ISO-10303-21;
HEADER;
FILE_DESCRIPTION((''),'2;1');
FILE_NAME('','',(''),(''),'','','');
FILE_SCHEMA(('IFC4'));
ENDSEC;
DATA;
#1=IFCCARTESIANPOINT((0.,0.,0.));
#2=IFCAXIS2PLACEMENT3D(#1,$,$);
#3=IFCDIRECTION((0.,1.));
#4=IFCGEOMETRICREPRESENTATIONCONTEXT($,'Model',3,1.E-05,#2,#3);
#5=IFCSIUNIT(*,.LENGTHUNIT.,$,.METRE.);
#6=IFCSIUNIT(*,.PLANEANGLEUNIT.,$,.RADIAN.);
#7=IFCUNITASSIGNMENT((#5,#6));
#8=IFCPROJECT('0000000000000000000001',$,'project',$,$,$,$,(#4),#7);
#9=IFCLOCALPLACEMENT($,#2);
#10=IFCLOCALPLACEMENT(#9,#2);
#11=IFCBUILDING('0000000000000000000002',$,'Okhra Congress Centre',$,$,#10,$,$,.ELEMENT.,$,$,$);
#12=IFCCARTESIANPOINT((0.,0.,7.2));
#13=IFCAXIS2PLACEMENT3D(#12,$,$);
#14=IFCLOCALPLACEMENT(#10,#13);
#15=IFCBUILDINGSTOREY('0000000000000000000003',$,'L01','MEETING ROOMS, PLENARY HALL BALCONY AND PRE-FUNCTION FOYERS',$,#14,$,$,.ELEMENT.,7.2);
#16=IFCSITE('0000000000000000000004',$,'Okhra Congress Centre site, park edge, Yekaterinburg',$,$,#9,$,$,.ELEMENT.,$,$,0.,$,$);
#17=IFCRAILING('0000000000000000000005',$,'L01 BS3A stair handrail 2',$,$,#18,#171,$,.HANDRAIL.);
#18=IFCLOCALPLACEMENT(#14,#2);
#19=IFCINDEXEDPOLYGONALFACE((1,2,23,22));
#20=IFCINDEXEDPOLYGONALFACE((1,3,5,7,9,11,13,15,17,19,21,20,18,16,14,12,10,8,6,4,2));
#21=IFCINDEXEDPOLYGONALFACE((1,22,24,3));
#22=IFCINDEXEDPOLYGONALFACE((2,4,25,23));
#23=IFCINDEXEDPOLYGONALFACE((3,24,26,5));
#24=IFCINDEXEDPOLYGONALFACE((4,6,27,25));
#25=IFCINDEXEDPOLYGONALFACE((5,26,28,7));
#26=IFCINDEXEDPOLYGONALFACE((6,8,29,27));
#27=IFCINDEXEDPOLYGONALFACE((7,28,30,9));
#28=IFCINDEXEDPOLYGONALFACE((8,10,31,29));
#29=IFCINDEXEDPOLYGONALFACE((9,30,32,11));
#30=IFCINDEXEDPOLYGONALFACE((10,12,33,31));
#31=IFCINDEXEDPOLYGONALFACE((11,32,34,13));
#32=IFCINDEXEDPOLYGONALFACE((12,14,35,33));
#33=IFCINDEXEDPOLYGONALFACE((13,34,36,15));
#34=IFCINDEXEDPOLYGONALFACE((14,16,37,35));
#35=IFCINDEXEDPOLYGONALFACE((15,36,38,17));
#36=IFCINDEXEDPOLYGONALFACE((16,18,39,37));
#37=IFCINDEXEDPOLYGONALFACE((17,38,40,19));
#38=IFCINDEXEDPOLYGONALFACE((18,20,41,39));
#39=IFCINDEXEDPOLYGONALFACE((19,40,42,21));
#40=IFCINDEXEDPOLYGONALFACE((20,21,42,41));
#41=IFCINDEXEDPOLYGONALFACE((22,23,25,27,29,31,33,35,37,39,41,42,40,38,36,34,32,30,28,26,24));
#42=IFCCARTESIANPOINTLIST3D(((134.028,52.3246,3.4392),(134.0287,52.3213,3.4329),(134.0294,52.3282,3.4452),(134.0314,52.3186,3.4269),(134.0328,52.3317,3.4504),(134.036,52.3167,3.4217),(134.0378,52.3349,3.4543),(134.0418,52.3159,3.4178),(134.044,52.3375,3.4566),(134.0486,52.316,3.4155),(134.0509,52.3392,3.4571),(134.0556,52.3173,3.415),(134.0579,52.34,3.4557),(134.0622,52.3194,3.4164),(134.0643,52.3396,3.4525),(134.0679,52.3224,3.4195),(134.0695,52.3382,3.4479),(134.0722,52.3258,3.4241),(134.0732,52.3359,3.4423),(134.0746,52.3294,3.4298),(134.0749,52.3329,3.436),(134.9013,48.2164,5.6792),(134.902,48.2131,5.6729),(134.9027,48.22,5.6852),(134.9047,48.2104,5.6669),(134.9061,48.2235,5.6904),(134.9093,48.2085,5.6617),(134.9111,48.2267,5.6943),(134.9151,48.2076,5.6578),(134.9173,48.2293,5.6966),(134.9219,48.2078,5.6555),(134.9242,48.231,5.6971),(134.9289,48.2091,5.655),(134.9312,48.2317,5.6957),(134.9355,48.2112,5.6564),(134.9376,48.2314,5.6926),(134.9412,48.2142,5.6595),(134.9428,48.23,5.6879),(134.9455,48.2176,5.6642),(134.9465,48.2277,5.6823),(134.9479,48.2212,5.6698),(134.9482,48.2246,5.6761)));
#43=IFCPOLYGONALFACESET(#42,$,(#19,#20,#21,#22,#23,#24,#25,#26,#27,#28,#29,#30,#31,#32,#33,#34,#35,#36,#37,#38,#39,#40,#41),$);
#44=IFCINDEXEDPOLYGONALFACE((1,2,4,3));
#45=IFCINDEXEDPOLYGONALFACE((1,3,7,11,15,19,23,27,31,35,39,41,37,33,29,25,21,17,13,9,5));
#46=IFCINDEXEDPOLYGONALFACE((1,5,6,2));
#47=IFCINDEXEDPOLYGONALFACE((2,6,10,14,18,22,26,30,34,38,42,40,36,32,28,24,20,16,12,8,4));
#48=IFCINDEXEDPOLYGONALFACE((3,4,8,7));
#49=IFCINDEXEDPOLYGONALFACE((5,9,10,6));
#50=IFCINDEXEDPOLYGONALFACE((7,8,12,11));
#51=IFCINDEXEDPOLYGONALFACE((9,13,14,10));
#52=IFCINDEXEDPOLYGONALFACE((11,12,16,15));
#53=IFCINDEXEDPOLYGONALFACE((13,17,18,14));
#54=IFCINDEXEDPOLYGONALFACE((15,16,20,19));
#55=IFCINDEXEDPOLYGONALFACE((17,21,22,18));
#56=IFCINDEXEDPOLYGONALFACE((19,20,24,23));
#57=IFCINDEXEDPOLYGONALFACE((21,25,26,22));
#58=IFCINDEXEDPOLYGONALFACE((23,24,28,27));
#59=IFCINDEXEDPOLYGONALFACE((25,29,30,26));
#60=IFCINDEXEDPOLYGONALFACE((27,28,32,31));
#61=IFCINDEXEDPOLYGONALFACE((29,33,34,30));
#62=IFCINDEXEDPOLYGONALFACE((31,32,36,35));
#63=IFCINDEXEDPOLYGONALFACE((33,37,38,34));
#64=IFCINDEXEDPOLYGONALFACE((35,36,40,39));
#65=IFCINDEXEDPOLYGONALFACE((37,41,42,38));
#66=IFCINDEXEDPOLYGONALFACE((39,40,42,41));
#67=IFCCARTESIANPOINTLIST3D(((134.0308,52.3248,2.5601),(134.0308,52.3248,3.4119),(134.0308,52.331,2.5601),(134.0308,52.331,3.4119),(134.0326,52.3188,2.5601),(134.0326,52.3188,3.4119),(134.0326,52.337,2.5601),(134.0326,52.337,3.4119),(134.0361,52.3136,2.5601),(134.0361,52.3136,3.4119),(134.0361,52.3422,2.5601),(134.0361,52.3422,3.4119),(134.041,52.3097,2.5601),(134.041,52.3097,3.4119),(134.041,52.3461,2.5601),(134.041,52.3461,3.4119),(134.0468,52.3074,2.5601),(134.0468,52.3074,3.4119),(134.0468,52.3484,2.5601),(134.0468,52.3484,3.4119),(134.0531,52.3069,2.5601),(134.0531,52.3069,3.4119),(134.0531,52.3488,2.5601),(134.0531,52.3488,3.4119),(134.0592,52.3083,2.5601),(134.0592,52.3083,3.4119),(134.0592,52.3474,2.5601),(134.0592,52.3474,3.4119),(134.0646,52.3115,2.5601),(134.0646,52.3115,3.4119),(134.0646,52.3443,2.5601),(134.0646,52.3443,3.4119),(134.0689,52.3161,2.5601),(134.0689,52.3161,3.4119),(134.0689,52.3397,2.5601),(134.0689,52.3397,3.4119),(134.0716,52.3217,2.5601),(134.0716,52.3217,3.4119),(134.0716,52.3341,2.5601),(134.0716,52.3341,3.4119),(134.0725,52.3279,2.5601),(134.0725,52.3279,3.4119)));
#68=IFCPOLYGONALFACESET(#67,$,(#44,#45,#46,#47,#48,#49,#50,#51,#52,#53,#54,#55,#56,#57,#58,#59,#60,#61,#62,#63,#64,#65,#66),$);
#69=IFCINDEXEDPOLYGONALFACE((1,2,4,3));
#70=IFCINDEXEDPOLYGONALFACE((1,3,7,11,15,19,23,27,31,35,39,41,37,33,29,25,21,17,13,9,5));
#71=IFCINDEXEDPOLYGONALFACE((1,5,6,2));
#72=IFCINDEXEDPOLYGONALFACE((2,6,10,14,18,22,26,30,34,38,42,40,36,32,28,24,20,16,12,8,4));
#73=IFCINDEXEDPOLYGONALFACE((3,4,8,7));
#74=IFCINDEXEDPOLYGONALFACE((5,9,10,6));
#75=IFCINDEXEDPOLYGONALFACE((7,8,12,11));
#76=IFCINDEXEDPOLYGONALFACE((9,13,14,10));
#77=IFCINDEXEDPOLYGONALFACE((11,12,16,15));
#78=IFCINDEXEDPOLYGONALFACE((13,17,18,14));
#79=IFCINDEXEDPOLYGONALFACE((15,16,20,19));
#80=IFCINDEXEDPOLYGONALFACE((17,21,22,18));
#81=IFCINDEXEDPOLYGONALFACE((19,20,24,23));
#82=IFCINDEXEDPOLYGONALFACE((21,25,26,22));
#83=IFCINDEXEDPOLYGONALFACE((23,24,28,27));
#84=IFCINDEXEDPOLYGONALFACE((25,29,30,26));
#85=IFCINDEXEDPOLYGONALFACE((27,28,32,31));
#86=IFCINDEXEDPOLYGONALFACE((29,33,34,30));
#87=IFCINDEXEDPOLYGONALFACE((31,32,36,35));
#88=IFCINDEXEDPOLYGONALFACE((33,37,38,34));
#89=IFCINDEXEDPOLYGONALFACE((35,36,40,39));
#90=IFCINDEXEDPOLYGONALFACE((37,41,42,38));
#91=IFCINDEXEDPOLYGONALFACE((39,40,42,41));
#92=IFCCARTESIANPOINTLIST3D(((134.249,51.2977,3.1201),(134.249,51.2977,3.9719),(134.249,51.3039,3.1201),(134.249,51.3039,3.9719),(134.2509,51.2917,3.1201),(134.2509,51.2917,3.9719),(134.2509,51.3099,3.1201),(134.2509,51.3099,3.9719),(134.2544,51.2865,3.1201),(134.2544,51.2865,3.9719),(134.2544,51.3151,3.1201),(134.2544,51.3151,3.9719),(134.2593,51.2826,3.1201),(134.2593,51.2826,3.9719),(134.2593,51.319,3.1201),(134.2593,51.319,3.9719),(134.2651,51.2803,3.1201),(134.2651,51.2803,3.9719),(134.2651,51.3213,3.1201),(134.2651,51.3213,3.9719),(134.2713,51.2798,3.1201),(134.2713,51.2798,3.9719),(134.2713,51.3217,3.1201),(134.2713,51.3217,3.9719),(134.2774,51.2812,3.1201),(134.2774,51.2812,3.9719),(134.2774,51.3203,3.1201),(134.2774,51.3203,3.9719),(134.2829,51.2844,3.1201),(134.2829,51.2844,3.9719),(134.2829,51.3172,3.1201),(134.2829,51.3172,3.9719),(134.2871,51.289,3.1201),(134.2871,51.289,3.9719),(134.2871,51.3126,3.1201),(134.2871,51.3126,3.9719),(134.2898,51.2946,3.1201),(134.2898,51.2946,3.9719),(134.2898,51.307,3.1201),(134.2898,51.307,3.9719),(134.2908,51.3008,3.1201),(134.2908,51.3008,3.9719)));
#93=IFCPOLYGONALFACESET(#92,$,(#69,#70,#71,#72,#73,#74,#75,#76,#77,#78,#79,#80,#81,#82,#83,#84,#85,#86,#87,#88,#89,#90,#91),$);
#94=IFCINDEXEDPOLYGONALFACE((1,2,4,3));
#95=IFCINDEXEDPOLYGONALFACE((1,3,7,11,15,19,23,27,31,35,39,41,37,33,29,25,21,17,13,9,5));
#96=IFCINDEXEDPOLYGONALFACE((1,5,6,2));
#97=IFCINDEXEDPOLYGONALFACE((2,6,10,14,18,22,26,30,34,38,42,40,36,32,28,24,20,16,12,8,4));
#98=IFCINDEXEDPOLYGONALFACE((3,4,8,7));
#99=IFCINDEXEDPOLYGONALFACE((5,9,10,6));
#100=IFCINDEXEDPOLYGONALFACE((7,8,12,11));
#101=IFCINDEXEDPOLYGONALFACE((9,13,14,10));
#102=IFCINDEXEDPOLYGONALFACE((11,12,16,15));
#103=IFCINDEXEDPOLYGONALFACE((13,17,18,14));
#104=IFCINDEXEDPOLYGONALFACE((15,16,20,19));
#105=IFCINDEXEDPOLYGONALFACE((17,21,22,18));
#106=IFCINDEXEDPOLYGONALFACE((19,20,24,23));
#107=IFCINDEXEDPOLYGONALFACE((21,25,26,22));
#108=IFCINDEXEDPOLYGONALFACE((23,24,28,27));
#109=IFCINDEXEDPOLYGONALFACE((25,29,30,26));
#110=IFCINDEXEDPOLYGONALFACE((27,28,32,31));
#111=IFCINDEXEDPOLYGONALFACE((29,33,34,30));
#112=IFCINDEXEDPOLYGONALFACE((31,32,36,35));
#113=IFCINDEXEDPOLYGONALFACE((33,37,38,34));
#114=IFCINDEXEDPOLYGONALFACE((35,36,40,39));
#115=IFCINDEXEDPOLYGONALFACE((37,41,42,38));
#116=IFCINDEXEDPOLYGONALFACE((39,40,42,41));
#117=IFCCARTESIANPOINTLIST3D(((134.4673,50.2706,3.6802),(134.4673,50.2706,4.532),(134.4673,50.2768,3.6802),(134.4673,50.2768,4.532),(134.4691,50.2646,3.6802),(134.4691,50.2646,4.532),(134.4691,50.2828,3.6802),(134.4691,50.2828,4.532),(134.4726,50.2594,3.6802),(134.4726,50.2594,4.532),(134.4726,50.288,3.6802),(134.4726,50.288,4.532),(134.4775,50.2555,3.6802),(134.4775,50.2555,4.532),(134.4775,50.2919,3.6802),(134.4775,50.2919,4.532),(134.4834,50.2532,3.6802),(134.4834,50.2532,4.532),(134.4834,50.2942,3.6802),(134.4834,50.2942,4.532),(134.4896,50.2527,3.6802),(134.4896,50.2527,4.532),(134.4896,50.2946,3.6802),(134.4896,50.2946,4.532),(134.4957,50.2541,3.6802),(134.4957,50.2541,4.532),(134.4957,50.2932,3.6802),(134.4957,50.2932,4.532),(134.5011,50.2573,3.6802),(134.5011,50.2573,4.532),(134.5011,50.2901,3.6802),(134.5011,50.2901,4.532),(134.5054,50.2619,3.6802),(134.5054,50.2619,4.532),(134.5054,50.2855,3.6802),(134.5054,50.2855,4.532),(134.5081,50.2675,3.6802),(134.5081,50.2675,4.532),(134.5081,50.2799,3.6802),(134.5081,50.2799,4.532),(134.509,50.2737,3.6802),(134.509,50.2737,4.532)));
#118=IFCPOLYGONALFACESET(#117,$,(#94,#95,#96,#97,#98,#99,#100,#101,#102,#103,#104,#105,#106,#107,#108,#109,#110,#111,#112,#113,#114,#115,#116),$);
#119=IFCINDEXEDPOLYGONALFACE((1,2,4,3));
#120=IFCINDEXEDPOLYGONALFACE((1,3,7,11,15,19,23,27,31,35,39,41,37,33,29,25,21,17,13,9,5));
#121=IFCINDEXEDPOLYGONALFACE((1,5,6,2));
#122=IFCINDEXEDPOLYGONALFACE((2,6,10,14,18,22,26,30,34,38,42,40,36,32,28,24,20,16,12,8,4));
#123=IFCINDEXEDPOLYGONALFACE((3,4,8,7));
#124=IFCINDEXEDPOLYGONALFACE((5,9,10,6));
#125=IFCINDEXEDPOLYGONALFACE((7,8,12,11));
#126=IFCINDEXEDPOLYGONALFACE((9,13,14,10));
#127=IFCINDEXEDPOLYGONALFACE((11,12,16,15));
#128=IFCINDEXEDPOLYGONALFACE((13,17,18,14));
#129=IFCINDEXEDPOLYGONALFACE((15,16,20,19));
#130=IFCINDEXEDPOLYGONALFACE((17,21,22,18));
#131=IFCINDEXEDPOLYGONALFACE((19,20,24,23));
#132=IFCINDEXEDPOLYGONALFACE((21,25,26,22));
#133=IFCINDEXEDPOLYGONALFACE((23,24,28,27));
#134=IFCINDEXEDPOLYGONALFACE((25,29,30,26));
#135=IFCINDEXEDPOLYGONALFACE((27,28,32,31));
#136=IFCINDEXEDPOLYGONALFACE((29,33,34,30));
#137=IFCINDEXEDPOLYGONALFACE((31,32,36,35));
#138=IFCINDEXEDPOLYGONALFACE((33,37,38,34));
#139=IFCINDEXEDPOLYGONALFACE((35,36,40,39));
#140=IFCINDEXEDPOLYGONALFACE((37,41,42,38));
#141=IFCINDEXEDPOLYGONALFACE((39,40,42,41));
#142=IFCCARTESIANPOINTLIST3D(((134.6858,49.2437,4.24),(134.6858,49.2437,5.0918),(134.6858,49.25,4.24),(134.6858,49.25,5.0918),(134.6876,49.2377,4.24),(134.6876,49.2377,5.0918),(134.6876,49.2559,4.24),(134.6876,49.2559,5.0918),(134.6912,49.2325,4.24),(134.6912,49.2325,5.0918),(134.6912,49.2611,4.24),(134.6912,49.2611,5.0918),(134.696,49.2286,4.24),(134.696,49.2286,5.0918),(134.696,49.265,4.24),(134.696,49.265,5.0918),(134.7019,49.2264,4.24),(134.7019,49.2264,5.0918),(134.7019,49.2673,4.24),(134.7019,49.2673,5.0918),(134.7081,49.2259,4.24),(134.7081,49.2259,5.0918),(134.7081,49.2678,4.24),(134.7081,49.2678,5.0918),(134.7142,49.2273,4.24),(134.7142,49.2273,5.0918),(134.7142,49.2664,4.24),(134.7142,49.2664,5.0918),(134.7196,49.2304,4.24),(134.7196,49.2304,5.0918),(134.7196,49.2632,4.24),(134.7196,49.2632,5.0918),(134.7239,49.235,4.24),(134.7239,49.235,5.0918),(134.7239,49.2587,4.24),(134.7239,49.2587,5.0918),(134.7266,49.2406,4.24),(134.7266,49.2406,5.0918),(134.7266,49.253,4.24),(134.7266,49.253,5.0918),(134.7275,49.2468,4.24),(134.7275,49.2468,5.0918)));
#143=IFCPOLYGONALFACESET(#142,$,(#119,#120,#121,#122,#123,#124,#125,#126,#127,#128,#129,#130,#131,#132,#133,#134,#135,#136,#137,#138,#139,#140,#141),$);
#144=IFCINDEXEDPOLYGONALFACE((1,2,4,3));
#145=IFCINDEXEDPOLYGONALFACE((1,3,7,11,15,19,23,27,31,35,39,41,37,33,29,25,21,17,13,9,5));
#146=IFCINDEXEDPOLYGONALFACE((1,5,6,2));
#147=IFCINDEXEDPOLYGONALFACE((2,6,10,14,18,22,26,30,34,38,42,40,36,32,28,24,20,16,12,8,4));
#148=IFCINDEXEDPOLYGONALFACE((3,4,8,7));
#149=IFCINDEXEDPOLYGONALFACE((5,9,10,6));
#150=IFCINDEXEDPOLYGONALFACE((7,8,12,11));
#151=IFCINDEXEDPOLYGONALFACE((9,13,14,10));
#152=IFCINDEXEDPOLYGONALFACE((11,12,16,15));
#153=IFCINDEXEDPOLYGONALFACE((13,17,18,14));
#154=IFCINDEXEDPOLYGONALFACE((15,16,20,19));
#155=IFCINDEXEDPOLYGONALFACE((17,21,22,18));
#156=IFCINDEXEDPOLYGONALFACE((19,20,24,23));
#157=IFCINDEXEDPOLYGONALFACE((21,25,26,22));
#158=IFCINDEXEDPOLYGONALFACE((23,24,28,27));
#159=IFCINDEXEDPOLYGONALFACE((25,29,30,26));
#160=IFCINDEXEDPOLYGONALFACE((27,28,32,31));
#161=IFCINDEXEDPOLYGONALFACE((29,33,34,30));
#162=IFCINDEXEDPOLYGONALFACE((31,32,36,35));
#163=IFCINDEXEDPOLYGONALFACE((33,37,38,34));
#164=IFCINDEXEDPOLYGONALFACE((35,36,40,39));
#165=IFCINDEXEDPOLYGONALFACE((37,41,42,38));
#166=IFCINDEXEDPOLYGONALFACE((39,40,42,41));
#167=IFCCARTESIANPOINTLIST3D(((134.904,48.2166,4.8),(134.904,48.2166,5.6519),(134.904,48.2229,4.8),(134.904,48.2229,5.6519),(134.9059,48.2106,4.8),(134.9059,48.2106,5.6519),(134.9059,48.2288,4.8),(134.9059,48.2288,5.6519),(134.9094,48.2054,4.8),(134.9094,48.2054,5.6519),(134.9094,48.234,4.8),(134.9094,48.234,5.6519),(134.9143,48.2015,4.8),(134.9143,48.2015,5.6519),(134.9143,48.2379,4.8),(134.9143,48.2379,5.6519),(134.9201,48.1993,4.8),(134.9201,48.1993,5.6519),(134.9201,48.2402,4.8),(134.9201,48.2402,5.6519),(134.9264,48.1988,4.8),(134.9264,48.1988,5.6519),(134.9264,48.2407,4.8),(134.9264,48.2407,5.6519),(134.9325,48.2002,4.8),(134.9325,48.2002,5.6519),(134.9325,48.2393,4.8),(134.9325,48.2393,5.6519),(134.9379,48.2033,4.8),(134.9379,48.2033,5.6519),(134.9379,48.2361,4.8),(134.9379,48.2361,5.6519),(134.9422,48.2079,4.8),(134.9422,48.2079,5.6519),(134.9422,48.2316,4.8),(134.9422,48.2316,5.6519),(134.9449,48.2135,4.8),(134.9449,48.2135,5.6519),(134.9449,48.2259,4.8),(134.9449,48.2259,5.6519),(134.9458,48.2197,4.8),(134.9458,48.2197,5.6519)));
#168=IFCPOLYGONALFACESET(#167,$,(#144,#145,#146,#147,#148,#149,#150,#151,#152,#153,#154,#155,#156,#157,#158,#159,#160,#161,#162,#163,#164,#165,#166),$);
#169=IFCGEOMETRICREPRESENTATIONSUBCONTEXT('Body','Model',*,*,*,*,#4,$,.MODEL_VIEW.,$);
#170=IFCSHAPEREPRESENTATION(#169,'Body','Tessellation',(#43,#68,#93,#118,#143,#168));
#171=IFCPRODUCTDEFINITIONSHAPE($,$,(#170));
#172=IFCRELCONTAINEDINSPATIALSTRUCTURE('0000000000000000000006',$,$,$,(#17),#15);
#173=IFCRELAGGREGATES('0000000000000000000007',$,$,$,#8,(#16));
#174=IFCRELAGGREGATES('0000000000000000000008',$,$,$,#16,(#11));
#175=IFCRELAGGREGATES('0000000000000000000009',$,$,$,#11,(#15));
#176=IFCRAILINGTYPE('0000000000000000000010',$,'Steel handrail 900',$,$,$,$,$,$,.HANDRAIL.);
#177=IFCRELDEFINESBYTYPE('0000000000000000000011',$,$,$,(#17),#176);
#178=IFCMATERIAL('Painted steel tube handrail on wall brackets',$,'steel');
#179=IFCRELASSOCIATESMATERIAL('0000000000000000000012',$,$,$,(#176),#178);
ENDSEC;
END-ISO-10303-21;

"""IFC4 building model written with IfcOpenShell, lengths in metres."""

from ifc_helpers import new_model, si_unit, direction, frame, origin, origin_2d, place, context, subcontext, project, spatial, circle, extrude, material, type_object, element, save


model = new_model("IFC4")

# Units and contexts
model_context = context("Model", 3, precision=1e-05, world=origin(), true_north=direction((0.0, 1.0)))
body_context = subcontext(model_context, "Body", "Model", "MODEL_VIEW")
ifc_project = project(units=[si_unit("LENGTHUNIT", "METRE"), si_unit("PLANEANGLEUNIT", "RADIAN")], contexts=[model_context])

# Site, building, storey
site_placement = place(None, origin())
site = spatial("IfcSite", under=ifc_project, at=site_placement, Name="Okhra Congress Centre site, park edge, Yekaterinburg", CompositionType="ELEMENT", RefElevation=0.0)
building_placement = place(site_placement, origin())
building = spatial("IfcBuilding", under=site, at=building_placement, Name="Okhra Congress Centre", CompositionType="ELEMENT")
storey_placement = place(building_placement, frame((0.0, 0.0, 7.2)))
storey = spatial("IfcBuildingStorey", under=building, at=storey_placement, Name="L01", Description="MEETING ROOMS, PLENARY HALL BALCONY AND PRE-FUNCTION FOYERS", CompositionType="ELEMENT", Elevation=7.2)

# Railing
ifc_material_1 = material(Name="Painted steel tube handrail on wall brackets", Category="steel")
railing_type_1 = type_object("IfcRailingType", Name="Steel handrail 900", PredefinedType="HANDRAIL", material=ifc_material_1)
railing_1_placement = place(storey_placement, frame((134.0515, 52.3279, 2.5601)))
element("IfcRailing", 1, at=railing_1_placement, inside=storey, type_object=railing_type_1, Name="L01 BS3A stair handrail 2", PredefinedType="HANDRAIL", context=body_context, shape_type="SweptSolid", body=[
    extrude(circle(Radius=0.0239, at=origin_2d()), frame((0.0, 0.0, 0.876), z_axis=(0.183466, -0.863067, 0.470591), x_axis=(0.978144, 0.207929, 0.0)), (0.0, 0.0, 1.0), 4.76),
    extrude(circle(Radius=0.021, at=origin_2d()), origin(), (0.0, 0.0, 1.0), 0.8518),
    extrude(circle(Radius=0.021, at=origin_2d()), frame((0.2183, -1.0271, 0.5601)), (0.0, 0.0, 1.0), 0.8518),
    extrude(circle(Radius=0.021, at=origin_2d()), frame((0.4365, -2.0542, 1.1201)), (0.0, 0.0, 1.0), 0.8518),
    extrude(circle(Radius=0.021, at=origin_2d()), frame((0.655, -3.0811, 1.6799)), (0.0, 0.0, 1.0), 0.8518),
    extrude(circle(Radius=0.021, at=origin_2d()), frame((0.8733, -4.1082, 2.24)), (0.0, 0.0, 1.0), 0.8518),
])

save(model, "model.ifc")
